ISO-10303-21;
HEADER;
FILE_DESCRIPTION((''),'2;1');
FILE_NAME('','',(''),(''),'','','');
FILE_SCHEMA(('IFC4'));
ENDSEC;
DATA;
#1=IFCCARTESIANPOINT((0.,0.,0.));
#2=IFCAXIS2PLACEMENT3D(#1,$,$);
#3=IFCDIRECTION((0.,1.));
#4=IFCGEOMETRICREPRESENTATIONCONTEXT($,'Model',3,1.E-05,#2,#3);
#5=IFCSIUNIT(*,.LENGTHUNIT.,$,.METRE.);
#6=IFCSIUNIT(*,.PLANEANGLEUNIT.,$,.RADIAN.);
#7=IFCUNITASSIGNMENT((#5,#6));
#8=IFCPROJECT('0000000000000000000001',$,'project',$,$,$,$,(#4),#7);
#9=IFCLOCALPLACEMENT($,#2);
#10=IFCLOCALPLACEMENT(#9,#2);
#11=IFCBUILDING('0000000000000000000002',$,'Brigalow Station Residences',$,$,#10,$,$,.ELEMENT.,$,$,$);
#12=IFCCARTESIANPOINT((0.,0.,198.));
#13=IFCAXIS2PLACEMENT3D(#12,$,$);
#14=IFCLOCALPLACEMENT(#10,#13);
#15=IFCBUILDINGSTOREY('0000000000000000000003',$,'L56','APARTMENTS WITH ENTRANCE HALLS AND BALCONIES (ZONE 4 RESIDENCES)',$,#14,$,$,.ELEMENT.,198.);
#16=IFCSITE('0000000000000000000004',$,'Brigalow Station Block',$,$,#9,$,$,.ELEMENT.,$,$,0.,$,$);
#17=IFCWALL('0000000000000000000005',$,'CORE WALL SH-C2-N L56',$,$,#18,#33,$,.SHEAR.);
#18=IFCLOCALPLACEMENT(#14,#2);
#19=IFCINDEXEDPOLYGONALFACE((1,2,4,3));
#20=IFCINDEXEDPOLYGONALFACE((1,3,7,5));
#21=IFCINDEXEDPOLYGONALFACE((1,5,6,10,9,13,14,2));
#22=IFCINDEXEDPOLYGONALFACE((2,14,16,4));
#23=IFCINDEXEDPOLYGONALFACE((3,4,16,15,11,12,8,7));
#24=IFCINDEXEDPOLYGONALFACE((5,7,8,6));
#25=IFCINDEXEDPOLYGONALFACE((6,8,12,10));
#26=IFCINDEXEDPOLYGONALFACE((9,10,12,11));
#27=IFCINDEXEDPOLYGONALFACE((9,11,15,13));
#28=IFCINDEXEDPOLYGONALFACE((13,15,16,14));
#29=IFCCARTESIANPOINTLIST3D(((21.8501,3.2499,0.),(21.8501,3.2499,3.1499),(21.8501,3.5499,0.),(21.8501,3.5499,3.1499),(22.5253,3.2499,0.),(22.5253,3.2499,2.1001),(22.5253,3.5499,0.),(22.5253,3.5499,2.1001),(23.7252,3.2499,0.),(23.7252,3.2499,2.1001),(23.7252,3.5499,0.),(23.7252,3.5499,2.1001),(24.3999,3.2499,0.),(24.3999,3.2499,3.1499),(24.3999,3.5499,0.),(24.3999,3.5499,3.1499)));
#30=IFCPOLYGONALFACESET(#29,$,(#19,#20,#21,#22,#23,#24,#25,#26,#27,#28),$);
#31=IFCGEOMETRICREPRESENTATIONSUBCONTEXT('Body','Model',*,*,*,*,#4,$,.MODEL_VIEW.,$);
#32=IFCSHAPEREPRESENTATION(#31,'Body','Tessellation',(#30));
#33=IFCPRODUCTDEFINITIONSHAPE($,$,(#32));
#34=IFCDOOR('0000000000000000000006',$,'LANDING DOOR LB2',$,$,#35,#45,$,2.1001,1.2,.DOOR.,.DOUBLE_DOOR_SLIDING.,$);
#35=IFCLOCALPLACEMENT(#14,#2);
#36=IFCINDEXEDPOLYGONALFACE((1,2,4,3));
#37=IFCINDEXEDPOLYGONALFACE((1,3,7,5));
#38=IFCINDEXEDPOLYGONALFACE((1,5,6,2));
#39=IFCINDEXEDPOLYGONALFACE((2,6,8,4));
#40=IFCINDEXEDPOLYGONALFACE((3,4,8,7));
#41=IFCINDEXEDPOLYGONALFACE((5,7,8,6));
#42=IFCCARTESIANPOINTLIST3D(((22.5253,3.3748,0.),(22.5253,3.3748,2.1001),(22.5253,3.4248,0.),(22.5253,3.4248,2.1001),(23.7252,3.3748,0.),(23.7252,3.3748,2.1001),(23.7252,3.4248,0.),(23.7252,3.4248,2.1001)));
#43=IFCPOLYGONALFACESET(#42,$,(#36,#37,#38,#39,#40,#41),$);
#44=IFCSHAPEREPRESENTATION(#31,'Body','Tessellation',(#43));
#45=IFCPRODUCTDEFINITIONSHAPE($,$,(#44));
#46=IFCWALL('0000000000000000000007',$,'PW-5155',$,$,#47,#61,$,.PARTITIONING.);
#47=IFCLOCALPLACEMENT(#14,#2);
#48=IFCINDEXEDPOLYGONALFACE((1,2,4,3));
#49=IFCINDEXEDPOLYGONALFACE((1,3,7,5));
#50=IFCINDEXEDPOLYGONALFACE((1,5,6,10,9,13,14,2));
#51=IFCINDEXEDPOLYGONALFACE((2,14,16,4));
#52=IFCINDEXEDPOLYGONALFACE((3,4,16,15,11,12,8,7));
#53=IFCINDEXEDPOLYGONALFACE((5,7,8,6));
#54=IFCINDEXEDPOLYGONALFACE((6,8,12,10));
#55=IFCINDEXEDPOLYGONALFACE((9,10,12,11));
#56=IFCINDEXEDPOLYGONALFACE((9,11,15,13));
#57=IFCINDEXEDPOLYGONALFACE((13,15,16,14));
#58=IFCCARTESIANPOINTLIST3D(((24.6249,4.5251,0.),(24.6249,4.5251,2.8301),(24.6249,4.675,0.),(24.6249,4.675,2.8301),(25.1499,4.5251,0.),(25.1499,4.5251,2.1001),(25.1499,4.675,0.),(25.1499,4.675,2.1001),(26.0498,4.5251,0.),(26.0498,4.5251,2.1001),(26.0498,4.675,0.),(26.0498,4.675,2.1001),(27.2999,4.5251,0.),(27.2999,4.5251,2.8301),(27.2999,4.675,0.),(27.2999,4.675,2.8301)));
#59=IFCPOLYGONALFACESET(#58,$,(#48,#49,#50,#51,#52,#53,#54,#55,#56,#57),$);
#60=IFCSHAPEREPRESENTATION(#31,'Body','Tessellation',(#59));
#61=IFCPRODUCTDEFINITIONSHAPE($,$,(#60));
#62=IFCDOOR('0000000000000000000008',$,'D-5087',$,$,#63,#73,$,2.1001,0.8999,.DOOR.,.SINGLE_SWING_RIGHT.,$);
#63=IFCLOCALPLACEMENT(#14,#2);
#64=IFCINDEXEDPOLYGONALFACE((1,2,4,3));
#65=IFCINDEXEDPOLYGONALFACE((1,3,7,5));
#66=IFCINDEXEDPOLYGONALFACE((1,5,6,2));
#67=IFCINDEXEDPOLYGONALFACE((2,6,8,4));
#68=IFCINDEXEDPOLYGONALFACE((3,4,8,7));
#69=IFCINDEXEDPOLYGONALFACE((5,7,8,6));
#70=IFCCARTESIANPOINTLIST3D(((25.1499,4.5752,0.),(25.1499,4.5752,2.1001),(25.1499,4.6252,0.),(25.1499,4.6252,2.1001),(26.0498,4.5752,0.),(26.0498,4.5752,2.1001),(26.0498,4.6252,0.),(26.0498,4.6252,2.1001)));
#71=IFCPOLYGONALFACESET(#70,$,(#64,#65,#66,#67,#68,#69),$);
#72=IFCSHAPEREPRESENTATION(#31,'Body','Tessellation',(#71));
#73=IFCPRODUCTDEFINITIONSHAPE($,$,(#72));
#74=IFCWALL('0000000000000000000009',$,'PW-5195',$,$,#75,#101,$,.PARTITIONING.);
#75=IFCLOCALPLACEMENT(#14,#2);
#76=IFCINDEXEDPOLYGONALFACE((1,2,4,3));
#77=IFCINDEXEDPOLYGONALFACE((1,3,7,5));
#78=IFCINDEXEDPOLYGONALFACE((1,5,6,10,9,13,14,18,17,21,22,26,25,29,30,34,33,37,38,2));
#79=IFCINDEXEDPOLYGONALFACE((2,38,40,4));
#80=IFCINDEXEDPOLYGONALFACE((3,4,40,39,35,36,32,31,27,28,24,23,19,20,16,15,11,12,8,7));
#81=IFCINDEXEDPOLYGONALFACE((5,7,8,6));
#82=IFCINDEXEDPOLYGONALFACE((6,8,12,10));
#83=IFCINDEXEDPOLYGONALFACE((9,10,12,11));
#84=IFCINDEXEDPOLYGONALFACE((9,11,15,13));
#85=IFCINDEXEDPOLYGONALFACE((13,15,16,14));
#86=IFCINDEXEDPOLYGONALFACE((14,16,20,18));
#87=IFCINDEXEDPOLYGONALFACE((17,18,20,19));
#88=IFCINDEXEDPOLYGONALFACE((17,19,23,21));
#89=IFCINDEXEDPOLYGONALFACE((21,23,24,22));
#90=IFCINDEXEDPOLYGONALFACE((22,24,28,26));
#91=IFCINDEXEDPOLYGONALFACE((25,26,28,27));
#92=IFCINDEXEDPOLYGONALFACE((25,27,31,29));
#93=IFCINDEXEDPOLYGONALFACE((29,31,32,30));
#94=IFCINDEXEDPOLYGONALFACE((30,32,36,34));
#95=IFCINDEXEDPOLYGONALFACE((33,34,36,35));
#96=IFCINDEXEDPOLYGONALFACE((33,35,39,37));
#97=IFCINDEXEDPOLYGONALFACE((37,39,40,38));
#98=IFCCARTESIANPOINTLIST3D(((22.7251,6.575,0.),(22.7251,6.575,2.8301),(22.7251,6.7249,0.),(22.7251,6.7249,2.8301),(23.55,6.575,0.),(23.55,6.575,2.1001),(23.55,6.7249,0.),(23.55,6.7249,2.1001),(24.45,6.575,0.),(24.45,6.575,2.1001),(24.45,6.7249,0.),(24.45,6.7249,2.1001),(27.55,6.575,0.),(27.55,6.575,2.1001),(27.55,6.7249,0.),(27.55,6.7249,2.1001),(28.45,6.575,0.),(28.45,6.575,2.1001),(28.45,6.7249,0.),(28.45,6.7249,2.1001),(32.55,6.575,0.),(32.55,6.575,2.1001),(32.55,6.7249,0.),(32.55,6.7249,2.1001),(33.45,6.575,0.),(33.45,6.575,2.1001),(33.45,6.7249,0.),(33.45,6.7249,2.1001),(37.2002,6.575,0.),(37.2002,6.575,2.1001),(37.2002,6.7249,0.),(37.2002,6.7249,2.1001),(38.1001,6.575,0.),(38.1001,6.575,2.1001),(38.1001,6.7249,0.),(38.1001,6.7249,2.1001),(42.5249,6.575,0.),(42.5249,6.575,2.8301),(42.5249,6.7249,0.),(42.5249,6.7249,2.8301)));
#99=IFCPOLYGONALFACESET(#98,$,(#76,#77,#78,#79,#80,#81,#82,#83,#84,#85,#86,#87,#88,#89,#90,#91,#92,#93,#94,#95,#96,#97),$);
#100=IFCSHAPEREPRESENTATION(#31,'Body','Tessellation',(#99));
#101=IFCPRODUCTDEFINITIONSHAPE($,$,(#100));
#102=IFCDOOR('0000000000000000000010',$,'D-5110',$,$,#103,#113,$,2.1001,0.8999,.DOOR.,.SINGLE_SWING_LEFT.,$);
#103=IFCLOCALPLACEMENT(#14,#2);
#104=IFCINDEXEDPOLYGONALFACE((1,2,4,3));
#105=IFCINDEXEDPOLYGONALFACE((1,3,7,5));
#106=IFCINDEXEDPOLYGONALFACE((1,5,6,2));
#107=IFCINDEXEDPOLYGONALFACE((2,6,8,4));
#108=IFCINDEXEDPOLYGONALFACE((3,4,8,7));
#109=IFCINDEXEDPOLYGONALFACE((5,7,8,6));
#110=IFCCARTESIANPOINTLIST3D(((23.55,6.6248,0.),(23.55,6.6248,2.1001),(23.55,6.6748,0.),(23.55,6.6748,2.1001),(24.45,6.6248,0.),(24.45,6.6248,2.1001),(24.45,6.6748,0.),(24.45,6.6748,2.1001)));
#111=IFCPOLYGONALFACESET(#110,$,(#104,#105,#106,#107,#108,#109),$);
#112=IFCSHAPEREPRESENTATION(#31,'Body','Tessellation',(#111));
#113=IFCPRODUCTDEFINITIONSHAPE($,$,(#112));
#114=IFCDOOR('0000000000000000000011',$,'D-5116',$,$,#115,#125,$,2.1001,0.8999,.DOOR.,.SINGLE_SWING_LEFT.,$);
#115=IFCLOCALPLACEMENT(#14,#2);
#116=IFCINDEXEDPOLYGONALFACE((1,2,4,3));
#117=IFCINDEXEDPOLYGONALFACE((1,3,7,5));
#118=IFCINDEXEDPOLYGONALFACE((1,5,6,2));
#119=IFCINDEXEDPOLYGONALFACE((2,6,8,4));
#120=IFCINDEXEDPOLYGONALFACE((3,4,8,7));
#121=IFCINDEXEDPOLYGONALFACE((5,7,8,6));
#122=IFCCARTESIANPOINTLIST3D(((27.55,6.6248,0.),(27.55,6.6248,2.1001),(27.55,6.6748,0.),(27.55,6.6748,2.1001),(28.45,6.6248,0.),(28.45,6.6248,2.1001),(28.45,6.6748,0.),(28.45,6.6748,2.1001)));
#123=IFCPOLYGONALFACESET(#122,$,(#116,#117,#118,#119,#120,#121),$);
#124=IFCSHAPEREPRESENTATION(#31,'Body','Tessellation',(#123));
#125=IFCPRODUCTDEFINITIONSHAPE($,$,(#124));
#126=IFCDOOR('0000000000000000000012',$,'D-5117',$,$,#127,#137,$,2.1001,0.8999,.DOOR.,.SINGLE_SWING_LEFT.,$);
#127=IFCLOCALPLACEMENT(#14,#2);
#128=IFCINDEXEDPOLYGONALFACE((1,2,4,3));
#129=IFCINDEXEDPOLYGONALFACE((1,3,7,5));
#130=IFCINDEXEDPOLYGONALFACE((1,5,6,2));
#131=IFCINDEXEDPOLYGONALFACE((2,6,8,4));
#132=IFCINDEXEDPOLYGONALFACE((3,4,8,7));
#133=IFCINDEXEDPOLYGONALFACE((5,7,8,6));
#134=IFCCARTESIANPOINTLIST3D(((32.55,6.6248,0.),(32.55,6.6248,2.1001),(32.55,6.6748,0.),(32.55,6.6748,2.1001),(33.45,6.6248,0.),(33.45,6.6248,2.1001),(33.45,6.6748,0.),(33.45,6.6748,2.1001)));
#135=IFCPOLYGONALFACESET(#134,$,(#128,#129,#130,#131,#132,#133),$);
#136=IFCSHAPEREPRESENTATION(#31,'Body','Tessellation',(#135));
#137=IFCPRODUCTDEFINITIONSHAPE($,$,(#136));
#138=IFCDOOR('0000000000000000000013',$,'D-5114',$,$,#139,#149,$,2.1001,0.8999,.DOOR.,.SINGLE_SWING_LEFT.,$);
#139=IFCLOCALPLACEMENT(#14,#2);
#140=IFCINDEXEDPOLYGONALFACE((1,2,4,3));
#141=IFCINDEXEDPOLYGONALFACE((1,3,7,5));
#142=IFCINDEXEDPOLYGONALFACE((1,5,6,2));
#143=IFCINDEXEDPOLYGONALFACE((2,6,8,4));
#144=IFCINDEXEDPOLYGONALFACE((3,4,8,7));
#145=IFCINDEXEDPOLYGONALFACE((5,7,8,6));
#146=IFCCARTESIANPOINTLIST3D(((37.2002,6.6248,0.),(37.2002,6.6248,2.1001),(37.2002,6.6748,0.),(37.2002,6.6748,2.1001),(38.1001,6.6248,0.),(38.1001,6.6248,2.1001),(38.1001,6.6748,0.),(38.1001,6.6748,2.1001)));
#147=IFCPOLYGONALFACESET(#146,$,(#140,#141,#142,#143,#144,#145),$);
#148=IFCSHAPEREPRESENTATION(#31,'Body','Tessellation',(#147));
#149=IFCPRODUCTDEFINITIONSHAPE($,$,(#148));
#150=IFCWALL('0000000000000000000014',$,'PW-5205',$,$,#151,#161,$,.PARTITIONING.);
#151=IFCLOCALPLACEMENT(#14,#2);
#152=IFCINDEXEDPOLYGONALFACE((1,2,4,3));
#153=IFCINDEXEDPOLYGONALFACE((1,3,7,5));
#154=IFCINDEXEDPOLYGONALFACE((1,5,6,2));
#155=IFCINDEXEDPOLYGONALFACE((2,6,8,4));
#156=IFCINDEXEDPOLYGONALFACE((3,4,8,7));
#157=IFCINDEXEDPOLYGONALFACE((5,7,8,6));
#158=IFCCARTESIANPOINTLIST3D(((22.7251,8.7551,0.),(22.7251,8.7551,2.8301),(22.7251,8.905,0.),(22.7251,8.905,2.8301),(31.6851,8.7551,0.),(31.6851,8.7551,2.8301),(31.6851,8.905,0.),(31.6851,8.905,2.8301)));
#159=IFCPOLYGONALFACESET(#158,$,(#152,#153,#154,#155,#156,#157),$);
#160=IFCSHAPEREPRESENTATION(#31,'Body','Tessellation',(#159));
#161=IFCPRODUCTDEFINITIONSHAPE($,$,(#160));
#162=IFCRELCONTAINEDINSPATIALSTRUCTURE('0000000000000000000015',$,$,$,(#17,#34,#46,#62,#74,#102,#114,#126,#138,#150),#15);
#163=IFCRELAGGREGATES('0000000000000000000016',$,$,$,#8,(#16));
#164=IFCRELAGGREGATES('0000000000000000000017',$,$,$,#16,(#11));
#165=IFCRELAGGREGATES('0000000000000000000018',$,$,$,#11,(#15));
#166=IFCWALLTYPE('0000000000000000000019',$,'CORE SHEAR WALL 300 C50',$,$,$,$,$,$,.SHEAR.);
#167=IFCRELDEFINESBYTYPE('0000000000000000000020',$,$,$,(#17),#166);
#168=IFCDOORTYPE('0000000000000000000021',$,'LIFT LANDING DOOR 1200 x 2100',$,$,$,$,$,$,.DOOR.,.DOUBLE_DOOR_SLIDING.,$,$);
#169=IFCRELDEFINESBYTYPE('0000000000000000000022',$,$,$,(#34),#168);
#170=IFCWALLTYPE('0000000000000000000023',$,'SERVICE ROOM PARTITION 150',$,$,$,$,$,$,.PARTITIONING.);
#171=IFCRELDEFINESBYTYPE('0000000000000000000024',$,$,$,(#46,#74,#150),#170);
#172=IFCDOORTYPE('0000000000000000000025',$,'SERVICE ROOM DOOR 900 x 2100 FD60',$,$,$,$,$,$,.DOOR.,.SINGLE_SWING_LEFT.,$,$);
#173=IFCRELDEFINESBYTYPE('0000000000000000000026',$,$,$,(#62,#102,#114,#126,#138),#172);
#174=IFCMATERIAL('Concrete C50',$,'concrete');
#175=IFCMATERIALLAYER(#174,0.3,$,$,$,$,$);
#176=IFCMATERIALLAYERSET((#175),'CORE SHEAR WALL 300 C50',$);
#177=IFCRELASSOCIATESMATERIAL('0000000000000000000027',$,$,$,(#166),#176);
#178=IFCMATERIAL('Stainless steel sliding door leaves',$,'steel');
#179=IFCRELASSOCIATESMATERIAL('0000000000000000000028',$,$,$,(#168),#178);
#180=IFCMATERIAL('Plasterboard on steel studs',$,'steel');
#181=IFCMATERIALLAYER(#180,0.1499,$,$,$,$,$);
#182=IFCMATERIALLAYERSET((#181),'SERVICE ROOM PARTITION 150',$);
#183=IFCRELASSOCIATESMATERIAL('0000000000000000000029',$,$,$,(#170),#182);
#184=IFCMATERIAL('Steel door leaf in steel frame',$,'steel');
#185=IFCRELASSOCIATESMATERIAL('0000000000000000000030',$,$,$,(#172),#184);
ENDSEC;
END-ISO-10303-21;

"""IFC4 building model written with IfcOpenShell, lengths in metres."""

from ifc_helpers import new_model, si_unit, direction, frame, frame_2d, origin, place, context, subcontext, project, spatial, rectangle, extrude, material, layer, layer_set, type_object, element, fill, save


model = new_model("IFC4")

# Units and contexts
model_context = context("Model", 3, precision=1e-05, world=origin(), true_north=direction((0.0, 1.0)))
body_context = subcontext(model_context, "Body", "Model", "MODEL_VIEW")
ifc_project = project(units=[si_unit("LENGTHUNIT", "METRE"), si_unit("PLANEANGLEUNIT", "RADIAN")], contexts=[model_context])

# Site, building, storey
site_placement = place(None, origin())
site = spatial("IfcSite", under=ifc_project, at=site_placement, Name="Brigalow Station Block", CompositionType="ELEMENT", RefElevation=0.0)
building_placement = place(site_placement, origin())
building = spatial("IfcBuilding", under=site, at=building_placement, Name="Brigalow Station Residences", CompositionType="ELEMENT")
storey_placement = place(building_placement, frame((0.0, 0.0, 198.0)))
storey = spatial("IfcBuildingStorey", under=building, at=storey_placement, Name="L56", Description="APARTMENTS WITH ENTRANCE HALLS AND BALCONIES (ZONE 4 RESIDENCES)", CompositionType="ELEMENT", Elevation=198.0)

# Walls, openings, doors
ifc_material_1 = material(Name="Concrete C50", Category="concrete")
ifc_layer_1 = layer(ifc_material_1, 0.3)
ifc_layer_set_1 = layer_set([ifc_layer_1], Name="CORE SHEAR WALL 300 C50")
wall_type_1 = type_object("IfcWallType", Name="CORE SHEAR WALL 300 C50", PredefinedType="SHEAR", material=ifc_layer_set_1)
wall_1_placement = place(storey_placement, frame((21.8501, 3.3999, 0.0), z_axis=(0.0, 0.0, 1.0), x_axis=(1.0, 0.0, 0.0)))
wall_1 = element("IfcWall", 1, at=wall_1_placement, inside=storey, type_object=wall_type_1, Name="CORE WALL SH-C2-N L56", PredefinedType="SHEAR", context=body_context, shape_type="SweptSolid", body=[
    extrude(rectangle(XDim=2.5498, YDim=0.3, at=frame_2d((1.2749, 0.0))), origin(), (0.0, 0.0, 1.0), 3.1499),
])
opening_1_placement = place(wall_1_placement, frame((0.675, 0.0, 0.0)))
opening_1 = element("IfcOpeningElement", 2, at=opening_1_placement, cuts=wall_1, PredefinedType="OPENING", context=body_context, shape_type="SweptSolid", body=[
    extrude(rectangle(XDim=1.2, YDim=2.1001, at=frame_2d((0.6001, 1.05))), frame((0.0, 0.1602, 0.0), z_axis=(0.0, -1.0, 0.0), x_axis=(1.0, 0.0, 0.0)), (0.0, 0.0, 1.0), 0.3201),
])
ifc_material_2 = material(Name="Stainless steel sliding door leaves", Category="steel")
door_type_1 = type_object("IfcDoorType", Name="LIFT LANDING DOOR 1200 x 2100", OperationType="DOUBLE_DOOR_SLIDING", PredefinedType="DOOR", material=ifc_material_2)
door_1_placement = place(opening_1_placement, origin())
door_1 = element("IfcDoor", 3, at=door_1_placement, inside=storey, type_object=door_type_1, Name="LANDING DOOR LB2", OperationType="DOUBLE_DOOR_SLIDING", OverallHeight=2.1001, OverallWidth=1.2, PredefinedType="DOOR", context=body_context, shape_type="SweptSolid", body=[
    extrude(rectangle(XDim=1.2, YDim=2.1001, at=frame_2d((0.6001, 1.05))), frame((0.0, 0.0249, 0.0), z_axis=(0.0, -1.0, 0.0), x_axis=(1.0, 0.0, 0.0)), (0.0, 0.0, 1.0), 0.05),
])
fill(opening_1, door_1)
ifc_material_3 = material(Name="Plasterboard on steel studs", Category="steel")
ifc_layer_2 = layer(ifc_material_3, 0.1499)
ifc_layer_set_2 = layer_set([ifc_layer_2], Name="SERVICE ROOM PARTITION 150")
wall_type_2 = type_object("IfcWallType", Name="SERVICE ROOM PARTITION 150", PredefinedType="PARTITIONING", material=ifc_layer_set_2)
wall_2_placement = place(storey_placement, frame((24.625, 4.6001, 0.0), z_axis=(0.0, 0.0, 1.0), x_axis=(1.0, 0.0, 0.0)))
wall_2 = element("IfcWall", 4, at=wall_2_placement, inside=storey, type_object=wall_type_2, Name="PW-5155", PredefinedType="PARTITIONING", context=body_context, shape_type="SweptSolid", body=[
    extrude(rectangle(XDim=2.675, YDim=0.1499, at=frame_2d((1.3374, 0.0))), origin(), (0.0, 0.0, 1.0), 2.8301),
])
opening_2_placement = place(wall_2_placement, frame((0.5249, 0.0, 0.0)))
opening_2 = element("IfcOpeningElement", 5, at=opening_2_placement, cuts=wall_2, PredefinedType="OPENING", context=body_context, shape_type="SweptSolid", body=[
    extrude(rectangle(XDim=0.8999, YDim=2.1001, at=frame_2d((0.45, 1.05))), frame((0.0, 0.085, 0.0), z_axis=(0.0, -1.0, 0.0), x_axis=(1.0, 0.0, 0.0)), (0.0, 0.0, 1.0), 0.1699),
])
ifc_material_4 = material(Name="Steel door leaf in steel frame", Category="steel")
door_type_2 = type_object("IfcDoorType", Name="SERVICE ROOM DOOR 900 x 2100 FD60", OperationType="SINGLE_SWING_LEFT", PredefinedType="DOOR", material=ifc_material_4)
door_2_placement = place(opening_2_placement, frame((0.8999, 0.0, 0.0), z_axis=(0.0, 0.0, 1.0), x_axis=(-1.0, 0.0, 0.0)))
door_2 = element("IfcDoor", 6, at=door_2_placement, inside=storey, type_object=door_type_2, Name="D-5087", OperationType="SINGLE_SWING_RIGHT", OverallHeight=2.1001, OverallWidth=0.8999, PredefinedType="DOOR", context=body_context, shape_type="SweptSolid", body=[
    extrude(rectangle(XDim=0.8999, YDim=2.1001, at=frame_2d((0.45, 1.05))), frame((0.0, 0.0249, 0.0), z_axis=(0.0, -1.0, 0.0), x_axis=(1.0, 0.0, 0.0)), (0.0, 0.0, 1.0), 0.05),
])
fill(opening_2, door_2)

# Wall, openings, doors
wall_3_placement = place(storey_placement, frame((22.7251, 6.6499, 0.0), z_axis=(0.0, 0.0, 1.0), x_axis=(1.0, 0.0, 0.0)))
wall_3 = element("IfcWall", 7, at=wall_3_placement, inside=storey, type_object=wall_type_2, Name="PW-5195", PredefinedType="PARTITIONING", context=body_context, shape_type="SweptSolid", body=[
    extrude(rectangle(XDim=19.7998, YDim=0.1499, at=frame_2d((9.8999, 0.0))), origin(), (0.0, 0.0, 1.0), 2.8301),
])
opening_3_placement = place(wall_3_placement, frame((0.825, 0.0, 0.0)))
opening_3 = element("IfcOpeningElement", 8, at=opening_3_placement, cuts=wall_3, PredefinedType="OPENING", context=body_context, shape_type="SweptSolid", body=[
    extrude(rectangle(XDim=0.8999, YDim=2.1001, at=frame_2d((0.45, 1.05))), frame((0.0, 0.085, 0.0), z_axis=(0.0, -1.0, 0.0), x_axis=(1.0, 0.0, 0.0)), (0.0, 0.0, 1.0), 0.1699),
])
opening_4_placement = place(wall_3_placement, frame((4.825, 0.0, 0.0)))
opening_4 = element("IfcOpeningElement", 9, at=opening_4_placement, cuts=wall_3, PredefinedType="OPENING", context=body_context, shape_type="SweptSolid", body=[
    extrude(rectangle(XDim=0.8999, YDim=2.1001, at=frame_2d((0.45, 1.05))), frame((0.0, 0.085, 0.0), z_axis=(0.0, -1.0, 0.0), x_axis=(1.0, 0.0, 0.0)), (0.0, 0.0, 1.0), 0.1699),
])
opening_5_placement = place(wall_3_placement, frame((9.825, 0.0, 0.0)))
opening_5 = element("IfcOpeningElement", 10, at=opening_5_placement, cuts=wall_3, PredefinedType="OPENING", context=body_context, shape_type="SweptSolid", body=[
    extrude(rectangle(XDim=0.8999, YDim=2.1001, at=frame_2d((0.45, 1.05))), frame((0.0, 0.085, 0.0), z_axis=(0.0, -1.0, 0.0), x_axis=(1.0, 0.0, 0.0)), (0.0, 0.0, 1.0), 0.1699),
])
opening_6_placement = place(wall_3_placement, frame((14.4751, 0.0, 0.0)))
opening_6 = element("IfcOpeningElement", 11, at=opening_6_placement, cuts=wall_3, PredefinedType="OPENING", context=body_context, shape_type="SweptSolid", body=[
    extrude(rectangle(XDim=0.8999, YDim=2.1001, at=frame_2d((0.45, 1.05))), frame((0.0, 0.085, 0.0), z_axis=(0.0, -1.0, 0.0), x_axis=(1.0, 0.0, 0.0)), (0.0, 0.0, 1.0), 0.1699),
])
door_3_placement = place(opening_3_placement, origin())
door_3 = element("IfcDoor", 12, at=door_3_placement, inside=storey, type_object=door_type_2, Name="D-5110", OperationType="SINGLE_SWING_LEFT", OverallHeight=2.1001, OverallWidth=0.8999, PredefinedType="DOOR", context=body_context, shape_type="SweptSolid", body=[
    extrude(rectangle(XDim=0.8999, YDim=2.1001, at=frame_2d((0.45, 1.05))), frame((0.0, 0.0249, 0.0), z_axis=(0.0, -1.0, 0.0), x_axis=(1.0, 0.0, 0.0)), (0.0, 0.0, 1.0), 0.05),
])
fill(opening_3, door_3)
door_4_placement = place(opening_4_placement, origin())
door_4 = element("IfcDoor", 13, at=door_4_placement, inside=storey, type_object=door_type_2, Name="D-5116", OperationType="SINGLE_SWING_LEFT", OverallHeight=2.1001, OverallWidth=0.8999, PredefinedType="DOOR", context=body_context, shape_type="SweptSolid", body=[
    extrude(rectangle(XDim=0.8999, YDim=2.1001, at=frame_2d((0.45, 1.05))), frame((0.0, 0.0249, 0.0), z_axis=(0.0, -1.0, 0.0), x_axis=(1.0, 0.0, 0.0)), (0.0, 0.0, 1.0), 0.05),
])
fill(opening_4, door_4)
door_5_placement = place(opening_5_placement, origin())
door_5 = element("IfcDoor", 14, at=door_5_placement, inside=storey, type_object=door_type_2, Name="D-5117", OperationType="SINGLE_SWING_LEFT", OverallHeight=2.1001, OverallWidth=0.8999, PredefinedType="DOOR", context=body_context, shape_type="SweptSolid", body=[
    extrude(rectangle(XDim=0.8999, YDim=2.1001, at=frame_2d((0.45, 1.05))), frame((0.0, 0.0249, 0.0), z_axis=(0.0, -1.0, 0.0), x_axis=(1.0, 0.0, 0.0)), (0.0, 0.0, 1.0), 0.05),
])
fill(opening_5, door_5)
door_6_placement = place(opening_6_placement, origin())
door_6 = element("IfcDoor", 15, at=door_6_placement, inside=storey, type_object=door_type_2, Name="D-5114", OperationType="SINGLE_SWING_LEFT", OverallHeight=2.1001, OverallWidth=0.8999, PredefinedType="DOOR", context=body_context, shape_type="SweptSolid", body=[
    extrude(rectangle(XDim=0.8999, YDim=2.1001, at=frame_2d((0.45, 1.05))), frame((0.0, 0.0249, 0.0), z_axis=(0.0, -1.0, 0.0), x_axis=(1.0, 0.0, 0.0)), (0.0, 0.0, 1.0), 0.05),
])
fill(opening_6, door_6)

# Wall
wall_4_placement = place(storey_placement, frame((22.7251, 8.8301, 0.0), z_axis=(0.0, 0.0, 1.0), x_axis=(1.0, 0.0, 0.0)))
element("IfcWall", 16, at=wall_4_placement, inside=storey, type_object=wall_type_2, Name="PW-5205", PredefinedType="PARTITIONING", context=body_context, shape_type="SweptSolid", body=[
    extrude(rectangle(XDim=8.96, YDim=0.1499, at=frame_2d((4.48, 0.0))), origin(), (0.0, 0.0, 1.0), 2.8301),
])

save(model, "model.ifc")
